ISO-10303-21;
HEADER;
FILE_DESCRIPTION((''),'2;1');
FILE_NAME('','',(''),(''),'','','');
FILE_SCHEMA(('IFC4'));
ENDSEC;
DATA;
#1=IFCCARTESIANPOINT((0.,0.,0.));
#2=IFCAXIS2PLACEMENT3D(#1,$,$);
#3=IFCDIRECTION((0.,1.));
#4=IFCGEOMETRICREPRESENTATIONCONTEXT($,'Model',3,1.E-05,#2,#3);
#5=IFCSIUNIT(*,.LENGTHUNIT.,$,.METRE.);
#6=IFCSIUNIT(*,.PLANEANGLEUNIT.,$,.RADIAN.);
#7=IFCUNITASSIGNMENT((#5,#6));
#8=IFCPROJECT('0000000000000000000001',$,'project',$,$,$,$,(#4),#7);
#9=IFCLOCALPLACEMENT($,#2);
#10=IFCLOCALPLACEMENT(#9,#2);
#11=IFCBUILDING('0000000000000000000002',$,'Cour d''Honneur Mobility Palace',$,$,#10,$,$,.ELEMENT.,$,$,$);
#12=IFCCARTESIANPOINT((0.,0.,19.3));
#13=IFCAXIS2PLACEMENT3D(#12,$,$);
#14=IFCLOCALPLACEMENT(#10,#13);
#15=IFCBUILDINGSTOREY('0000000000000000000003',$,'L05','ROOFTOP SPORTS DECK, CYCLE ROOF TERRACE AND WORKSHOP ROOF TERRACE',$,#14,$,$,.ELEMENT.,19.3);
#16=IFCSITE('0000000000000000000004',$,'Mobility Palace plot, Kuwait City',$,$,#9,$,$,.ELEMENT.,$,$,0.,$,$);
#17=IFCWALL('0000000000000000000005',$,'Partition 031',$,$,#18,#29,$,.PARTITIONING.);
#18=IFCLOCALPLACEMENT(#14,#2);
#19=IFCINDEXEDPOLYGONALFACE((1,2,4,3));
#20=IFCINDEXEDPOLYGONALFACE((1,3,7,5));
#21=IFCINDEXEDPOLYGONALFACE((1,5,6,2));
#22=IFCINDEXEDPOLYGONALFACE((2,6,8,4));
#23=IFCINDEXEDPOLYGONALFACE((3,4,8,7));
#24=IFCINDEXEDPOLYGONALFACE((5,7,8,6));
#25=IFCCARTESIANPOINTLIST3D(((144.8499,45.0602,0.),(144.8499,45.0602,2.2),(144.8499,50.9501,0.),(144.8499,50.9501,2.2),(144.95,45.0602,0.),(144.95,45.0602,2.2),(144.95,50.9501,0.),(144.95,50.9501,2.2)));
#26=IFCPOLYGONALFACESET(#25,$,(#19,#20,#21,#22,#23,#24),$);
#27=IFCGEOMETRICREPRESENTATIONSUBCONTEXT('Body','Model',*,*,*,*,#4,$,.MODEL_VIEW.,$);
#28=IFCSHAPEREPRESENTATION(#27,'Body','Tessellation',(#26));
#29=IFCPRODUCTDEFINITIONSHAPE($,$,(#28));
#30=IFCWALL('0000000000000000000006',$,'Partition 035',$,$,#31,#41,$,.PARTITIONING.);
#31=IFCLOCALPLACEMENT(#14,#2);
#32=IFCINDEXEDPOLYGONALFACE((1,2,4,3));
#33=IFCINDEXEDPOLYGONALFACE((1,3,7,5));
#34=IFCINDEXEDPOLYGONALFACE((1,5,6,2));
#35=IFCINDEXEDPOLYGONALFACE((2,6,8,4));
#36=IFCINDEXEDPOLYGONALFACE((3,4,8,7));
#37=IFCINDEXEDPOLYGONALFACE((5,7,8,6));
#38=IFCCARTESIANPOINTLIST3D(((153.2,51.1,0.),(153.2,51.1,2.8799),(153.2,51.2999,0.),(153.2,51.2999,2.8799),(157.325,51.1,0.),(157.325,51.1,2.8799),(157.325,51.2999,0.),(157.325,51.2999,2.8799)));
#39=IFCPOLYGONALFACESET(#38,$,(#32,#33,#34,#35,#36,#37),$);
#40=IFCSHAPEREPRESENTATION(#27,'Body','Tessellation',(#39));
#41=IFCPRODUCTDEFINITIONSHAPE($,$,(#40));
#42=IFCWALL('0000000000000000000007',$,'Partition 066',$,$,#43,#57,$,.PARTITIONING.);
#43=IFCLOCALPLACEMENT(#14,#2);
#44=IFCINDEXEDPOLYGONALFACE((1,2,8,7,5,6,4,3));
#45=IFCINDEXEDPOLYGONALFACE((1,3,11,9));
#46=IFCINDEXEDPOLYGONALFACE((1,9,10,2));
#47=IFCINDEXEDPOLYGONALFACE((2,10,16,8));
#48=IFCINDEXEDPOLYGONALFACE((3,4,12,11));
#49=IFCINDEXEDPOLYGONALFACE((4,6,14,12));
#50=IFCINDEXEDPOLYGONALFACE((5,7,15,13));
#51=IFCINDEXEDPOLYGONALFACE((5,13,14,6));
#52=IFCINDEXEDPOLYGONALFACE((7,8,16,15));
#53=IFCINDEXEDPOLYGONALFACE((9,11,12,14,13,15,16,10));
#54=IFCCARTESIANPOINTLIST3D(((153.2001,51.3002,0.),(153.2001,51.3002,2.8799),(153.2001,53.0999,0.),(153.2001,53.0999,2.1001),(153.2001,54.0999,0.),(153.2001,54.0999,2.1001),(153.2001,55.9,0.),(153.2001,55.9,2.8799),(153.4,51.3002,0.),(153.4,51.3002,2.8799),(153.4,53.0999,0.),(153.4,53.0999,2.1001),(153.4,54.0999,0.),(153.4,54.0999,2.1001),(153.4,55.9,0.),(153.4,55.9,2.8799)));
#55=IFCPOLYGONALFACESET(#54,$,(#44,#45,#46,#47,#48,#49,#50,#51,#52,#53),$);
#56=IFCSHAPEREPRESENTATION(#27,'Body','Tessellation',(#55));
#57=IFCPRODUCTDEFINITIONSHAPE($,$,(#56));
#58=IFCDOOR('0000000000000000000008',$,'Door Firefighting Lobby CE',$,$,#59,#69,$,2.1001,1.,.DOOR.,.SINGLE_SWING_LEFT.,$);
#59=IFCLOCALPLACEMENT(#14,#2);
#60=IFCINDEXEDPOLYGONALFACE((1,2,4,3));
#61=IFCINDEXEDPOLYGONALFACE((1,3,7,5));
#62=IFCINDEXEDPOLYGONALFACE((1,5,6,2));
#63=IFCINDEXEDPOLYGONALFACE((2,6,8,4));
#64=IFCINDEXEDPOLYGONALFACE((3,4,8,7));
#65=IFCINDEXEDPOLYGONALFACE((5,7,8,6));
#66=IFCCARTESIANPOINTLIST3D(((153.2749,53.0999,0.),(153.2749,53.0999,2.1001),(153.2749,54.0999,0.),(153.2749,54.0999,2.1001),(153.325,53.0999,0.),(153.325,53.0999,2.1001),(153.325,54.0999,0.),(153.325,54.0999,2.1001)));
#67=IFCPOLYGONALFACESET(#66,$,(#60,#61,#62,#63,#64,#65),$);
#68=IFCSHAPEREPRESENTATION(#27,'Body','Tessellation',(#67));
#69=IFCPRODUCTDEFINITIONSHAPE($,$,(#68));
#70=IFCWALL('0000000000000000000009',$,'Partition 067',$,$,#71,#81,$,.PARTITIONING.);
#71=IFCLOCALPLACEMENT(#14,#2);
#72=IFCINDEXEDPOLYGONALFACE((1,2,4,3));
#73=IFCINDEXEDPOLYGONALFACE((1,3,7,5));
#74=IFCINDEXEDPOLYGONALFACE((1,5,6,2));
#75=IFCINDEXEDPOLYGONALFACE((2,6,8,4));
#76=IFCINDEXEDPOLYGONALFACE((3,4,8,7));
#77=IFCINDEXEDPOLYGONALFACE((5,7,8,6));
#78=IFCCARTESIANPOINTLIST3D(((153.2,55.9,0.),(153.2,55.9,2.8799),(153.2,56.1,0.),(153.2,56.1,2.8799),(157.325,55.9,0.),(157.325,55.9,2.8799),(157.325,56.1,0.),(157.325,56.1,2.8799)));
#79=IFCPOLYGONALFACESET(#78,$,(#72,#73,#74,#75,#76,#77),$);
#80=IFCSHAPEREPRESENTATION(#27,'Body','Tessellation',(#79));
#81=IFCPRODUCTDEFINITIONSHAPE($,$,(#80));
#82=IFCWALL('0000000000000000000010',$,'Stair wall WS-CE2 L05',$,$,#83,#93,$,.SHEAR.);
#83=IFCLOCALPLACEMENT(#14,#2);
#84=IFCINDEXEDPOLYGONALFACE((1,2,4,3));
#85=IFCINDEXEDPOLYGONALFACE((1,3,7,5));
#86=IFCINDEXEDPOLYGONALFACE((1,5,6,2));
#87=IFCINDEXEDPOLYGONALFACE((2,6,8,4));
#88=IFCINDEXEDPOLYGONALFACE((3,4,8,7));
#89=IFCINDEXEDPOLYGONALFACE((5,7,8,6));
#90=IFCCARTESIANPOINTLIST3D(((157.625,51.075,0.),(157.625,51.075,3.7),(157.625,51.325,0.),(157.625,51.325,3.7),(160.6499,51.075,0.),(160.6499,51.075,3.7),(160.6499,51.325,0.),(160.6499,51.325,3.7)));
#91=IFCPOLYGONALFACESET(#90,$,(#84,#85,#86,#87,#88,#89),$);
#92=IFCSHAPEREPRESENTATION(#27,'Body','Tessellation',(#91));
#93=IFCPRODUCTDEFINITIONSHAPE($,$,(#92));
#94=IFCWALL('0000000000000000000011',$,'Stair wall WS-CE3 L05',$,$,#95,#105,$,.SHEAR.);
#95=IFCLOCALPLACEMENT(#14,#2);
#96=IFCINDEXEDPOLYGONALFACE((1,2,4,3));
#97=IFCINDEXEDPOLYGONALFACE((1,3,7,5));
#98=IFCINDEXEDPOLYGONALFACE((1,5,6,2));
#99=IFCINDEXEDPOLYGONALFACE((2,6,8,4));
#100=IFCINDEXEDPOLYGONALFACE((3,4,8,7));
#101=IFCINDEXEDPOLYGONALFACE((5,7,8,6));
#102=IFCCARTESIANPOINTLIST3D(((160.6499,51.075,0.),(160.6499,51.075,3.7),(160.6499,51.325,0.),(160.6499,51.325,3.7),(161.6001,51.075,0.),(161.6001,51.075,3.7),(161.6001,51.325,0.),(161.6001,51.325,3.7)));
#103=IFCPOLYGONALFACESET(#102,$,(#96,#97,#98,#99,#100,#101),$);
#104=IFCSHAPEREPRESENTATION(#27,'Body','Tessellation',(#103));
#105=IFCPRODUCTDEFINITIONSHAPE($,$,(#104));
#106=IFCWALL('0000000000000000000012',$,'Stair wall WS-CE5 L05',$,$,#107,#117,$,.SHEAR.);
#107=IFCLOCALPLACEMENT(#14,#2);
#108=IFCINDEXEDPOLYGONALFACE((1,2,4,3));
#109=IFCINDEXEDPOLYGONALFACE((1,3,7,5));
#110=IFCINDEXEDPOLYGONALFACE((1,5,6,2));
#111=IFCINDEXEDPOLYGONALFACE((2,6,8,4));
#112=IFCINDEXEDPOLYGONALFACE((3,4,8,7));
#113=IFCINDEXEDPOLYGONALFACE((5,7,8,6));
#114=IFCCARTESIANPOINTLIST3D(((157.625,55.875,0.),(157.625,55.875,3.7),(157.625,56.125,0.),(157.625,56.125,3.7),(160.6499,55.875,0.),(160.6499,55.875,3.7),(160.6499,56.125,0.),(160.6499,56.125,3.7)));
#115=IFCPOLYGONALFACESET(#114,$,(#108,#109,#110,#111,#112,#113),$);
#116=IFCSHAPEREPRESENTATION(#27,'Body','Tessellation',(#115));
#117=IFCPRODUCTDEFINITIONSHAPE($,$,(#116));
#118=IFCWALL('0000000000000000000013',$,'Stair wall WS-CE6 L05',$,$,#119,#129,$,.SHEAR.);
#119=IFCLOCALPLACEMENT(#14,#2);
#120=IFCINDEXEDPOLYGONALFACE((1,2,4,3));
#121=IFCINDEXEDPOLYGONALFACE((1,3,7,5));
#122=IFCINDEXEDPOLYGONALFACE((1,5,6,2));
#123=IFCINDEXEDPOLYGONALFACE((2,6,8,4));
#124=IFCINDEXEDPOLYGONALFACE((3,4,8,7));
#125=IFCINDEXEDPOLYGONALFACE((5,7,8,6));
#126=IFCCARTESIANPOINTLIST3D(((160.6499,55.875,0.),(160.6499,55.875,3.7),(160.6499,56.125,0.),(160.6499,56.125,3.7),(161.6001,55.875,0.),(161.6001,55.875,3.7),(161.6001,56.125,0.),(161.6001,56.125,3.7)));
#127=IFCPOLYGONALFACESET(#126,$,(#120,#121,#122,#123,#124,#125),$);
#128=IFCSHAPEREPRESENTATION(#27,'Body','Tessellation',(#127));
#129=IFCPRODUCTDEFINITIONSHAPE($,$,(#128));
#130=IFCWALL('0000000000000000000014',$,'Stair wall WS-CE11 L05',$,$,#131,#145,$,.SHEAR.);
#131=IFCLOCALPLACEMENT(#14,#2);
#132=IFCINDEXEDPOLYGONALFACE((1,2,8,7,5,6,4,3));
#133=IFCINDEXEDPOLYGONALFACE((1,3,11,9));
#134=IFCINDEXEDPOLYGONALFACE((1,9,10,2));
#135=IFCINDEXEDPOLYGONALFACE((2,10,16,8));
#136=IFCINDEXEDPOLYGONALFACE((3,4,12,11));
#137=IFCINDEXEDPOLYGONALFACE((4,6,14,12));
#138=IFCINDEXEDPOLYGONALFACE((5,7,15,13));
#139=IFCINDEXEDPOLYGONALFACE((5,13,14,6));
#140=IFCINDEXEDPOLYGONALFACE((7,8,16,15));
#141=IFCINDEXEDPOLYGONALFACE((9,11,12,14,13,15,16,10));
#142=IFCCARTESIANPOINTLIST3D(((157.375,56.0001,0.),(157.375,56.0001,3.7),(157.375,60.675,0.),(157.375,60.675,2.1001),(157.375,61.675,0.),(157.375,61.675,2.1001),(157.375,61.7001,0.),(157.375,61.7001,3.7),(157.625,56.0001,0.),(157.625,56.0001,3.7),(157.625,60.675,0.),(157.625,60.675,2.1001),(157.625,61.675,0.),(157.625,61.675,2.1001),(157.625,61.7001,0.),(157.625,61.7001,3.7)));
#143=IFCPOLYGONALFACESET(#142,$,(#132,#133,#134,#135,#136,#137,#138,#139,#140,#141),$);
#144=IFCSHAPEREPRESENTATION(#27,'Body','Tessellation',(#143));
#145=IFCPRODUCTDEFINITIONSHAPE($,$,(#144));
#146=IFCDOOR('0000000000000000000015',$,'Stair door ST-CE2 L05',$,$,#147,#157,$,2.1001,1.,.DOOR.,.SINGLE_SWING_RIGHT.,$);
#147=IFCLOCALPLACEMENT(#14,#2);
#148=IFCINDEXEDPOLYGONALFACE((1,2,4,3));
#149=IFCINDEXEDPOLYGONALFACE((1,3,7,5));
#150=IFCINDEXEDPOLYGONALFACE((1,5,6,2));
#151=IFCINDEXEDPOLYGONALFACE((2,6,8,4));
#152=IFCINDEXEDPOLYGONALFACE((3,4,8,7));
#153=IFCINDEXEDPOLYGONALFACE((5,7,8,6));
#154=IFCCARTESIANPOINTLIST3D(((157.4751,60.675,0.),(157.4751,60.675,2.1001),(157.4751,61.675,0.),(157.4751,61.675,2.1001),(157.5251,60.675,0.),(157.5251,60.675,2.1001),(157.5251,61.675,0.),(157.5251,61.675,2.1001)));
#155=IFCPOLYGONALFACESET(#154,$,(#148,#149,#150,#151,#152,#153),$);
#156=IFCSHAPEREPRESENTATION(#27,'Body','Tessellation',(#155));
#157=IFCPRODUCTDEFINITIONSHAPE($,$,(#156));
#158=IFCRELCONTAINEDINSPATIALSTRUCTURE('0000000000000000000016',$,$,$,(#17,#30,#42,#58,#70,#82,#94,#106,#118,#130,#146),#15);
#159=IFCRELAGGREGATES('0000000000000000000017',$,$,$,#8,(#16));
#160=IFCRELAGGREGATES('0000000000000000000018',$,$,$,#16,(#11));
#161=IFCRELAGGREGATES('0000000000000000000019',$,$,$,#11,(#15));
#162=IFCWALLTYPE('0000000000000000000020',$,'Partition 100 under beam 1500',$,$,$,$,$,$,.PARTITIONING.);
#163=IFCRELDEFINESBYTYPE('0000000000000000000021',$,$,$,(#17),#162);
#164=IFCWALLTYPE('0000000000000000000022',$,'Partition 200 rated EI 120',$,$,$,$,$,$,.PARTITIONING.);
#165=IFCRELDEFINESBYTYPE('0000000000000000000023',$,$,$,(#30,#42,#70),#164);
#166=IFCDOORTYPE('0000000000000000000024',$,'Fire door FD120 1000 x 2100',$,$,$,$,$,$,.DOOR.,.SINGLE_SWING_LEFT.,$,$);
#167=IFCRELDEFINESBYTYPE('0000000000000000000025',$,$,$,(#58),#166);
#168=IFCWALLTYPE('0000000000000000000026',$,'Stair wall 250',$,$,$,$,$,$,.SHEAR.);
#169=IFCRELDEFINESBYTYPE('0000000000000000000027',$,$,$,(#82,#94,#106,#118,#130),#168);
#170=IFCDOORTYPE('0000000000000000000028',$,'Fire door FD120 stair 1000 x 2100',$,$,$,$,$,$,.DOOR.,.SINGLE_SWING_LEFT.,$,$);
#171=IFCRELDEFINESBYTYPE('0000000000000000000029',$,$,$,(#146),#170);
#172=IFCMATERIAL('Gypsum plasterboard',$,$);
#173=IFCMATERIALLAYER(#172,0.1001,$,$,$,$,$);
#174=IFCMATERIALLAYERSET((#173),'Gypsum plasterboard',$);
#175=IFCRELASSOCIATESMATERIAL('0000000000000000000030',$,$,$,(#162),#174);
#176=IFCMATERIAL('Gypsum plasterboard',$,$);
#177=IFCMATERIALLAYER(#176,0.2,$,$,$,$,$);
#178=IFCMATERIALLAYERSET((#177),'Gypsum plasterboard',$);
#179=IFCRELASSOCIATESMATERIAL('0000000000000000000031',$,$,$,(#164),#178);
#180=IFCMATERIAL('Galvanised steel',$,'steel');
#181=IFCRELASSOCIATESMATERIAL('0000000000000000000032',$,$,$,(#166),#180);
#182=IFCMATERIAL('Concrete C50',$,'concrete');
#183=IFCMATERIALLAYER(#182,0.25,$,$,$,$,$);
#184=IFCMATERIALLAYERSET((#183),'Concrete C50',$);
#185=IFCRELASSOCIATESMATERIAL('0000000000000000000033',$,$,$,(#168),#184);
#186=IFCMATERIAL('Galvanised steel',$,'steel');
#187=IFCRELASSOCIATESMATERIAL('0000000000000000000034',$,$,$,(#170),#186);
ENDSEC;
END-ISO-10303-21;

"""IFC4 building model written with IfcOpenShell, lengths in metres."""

from ifc_helpers import new_model, si_unit, direction, frame, frame_2d, origin, place, context, subcontext, project, spatial, rectangle, extrude, material, layer, layer_set, type_object, element, fill, save


model = new_model("IFC4")

# Units and contexts
model_context = context("Model", 3, precision=1e-05, world=origin(), true_north=direction((0.0, 1.0)))
body_context = subcontext(model_context, "Body", "Model", "MODEL_VIEW")
ifc_project = project(units=[si_unit("LENGTHUNIT", "METRE"), si_unit("PLANEANGLEUNIT", "RADIAN")], contexts=[model_context])

# Site, building, storey
site_placement = place(None, origin())
site = spatial("IfcSite", under=ifc_project, at=site_placement, Name="Mobility Palace plot, Kuwait City", CompositionType="ELEMENT", RefElevation=0.0)
building_placement = place(site_placement, origin())
building = spatial("IfcBuilding", under=site, at=building_placement, Name="Cour d'Honneur Mobility Palace", CompositionType="ELEMENT")
storey_placement = place(building_placement, frame((0.0, 0.0, 19.3)))
storey = spatial("IfcBuildingStorey", under=building, at=storey_placement, Name="L05", Description="ROOFTOP SPORTS DECK, CYCLE ROOF TERRACE AND WORKSHOP ROOF TERRACE", CompositionType="ELEMENT", Elevation=19.3)

# Walls
ifc_material_1 = material(Name="Gypsum plasterboard")
ifc_layer_1 = layer(ifc_material_1, 0.1001)
ifc_layer_set_1 = layer_set([ifc_layer_1], Name="Gypsum plasterboard")
wall_type_1 = type_object("IfcWallType", Name="Partition 100 under beam 1500", PredefinedType="PARTITIONING", material=ifc_layer_set_1)
wall_1_placement = place(storey_placement, frame((144.8999, 50.95, 0.0), z_axis=(0.0, 0.0, 1.0), x_axis=(0.0, -1.0, 0.0)))
element("IfcWall", 1, at=wall_1_placement, inside=storey, type_object=wall_type_1, Name="Partition 031", PredefinedType="PARTITIONING", context=body_context, shape_type="SweptSolid", body=[
    extrude(rectangle(XDim=5.8899, YDim=0.1001, at=frame_2d((2.9448, 0.0))), origin(), (0.0, 0.0, 1.0), 2.2),
])
ifc_material_2 = material(Name="Gypsum plasterboard")
ifc_layer_2 = layer(ifc_material_2, 0.2)
ifc_layer_set_2 = layer_set([ifc_layer_2], Name="Gypsum plasterboard")
wall_type_2 = type_object("IfcWallType", Name="Partition 200 rated EI 120", PredefinedType="PARTITIONING", material=ifc_layer_set_2)
wall_2_placement = place(storey_placement, frame((153.2, 51.2, 0.0), z_axis=(0.0, 0.0, 1.0), x_axis=(1.0, 0.0, 0.0)))
element("IfcWall", 2, at=wall_2_placement, inside=storey, type_object=wall_type_2, Name="Partition 035", PredefinedType="PARTITIONING", context=body_context, shape_type="SweptSolid", body=[
    extrude(rectangle(XDim=4.125, YDim=0.2, at=frame_2d((2.0625, 0.0))), origin(), (0.0, 0.0, 1.0), 2.8799),
])

# Wall, opening, door
wall_3_placement = place(storey_placement, frame((153.3, 55.8999, 0.0), z_axis=(0.0, 0.0, 1.0), x_axis=(0.0, -1.0, 0.0)))
wall_3 = element("IfcWall", 3, at=wall_3_placement, inside=storey, type_object=wall_type_2, Name="Partition 066", PredefinedType="PARTITIONING", context=body_context, shape_type="SweptSolid", body=[
    extrude(rectangle(XDim=4.5999, YDim=0.2, at=frame_2d((2.2998, 0.0))), origin(), (0.0, 0.0, 1.0), 2.8799),
])
opening_1_placement = place(wall_3_placement, frame((1.8, 0.0, 0.0)))
opening_1 = element("IfcOpeningElement", 4, at=opening_1_placement, cuts=wall_3, PredefinedType="OPENING", context=body_context, shape_type="SweptSolid", body=[
    extrude(rectangle(XDim=1.0, YDim=2.1001, at=frame_2d((0.5, 1.05))), frame((0.0, 0.1099, 0.0), z_axis=(0.0, -1.0, 0.0), x_axis=(1.0, 0.0, 0.0)), (0.0, 0.0, 1.0), 0.22),
])
ifc_material_3 = material(Name="Galvanised steel", Category="steel")
door_type_1 = type_object("IfcDoorType", Name="Fire door FD120 1000 x 2100", OperationType="SINGLE_SWING_LEFT", PredefinedType="DOOR", material=ifc_material_3)
door_1_placement = place(opening_1_placement, origin())
door_1 = element("IfcDoor", 5, at=door_1_placement, inside=storey, type_object=door_type_1, Name="Door Firefighting Lobby CE", OperationType="SINGLE_SWING_LEFT", OverallHeight=2.1001, OverallWidth=1.0, PredefinedType="DOOR", context=body_context, shape_type="SweptSolid", body=[
    extrude(rectangle(XDim=1.0, YDim=2.1001, at=frame_2d((0.5, 1.05))), frame((0.0, 0.0249, 0.0), z_axis=(0.0, -1.0, 0.0), x_axis=(1.0, 0.0, 0.0)), (0.0, 0.0, 1.0), 0.05),
])
fill(opening_1, door_1)

# Walls
wall_4_placement = place(storey_placement, frame((157.325, 56.0, 0.0), z_axis=(0.0, 0.0, 1.0), x_axis=(-1.0, 0.0, 0.0)))
element("IfcWall", 6, at=wall_4_placement, inside=storey, type_object=wall_type_2, Name="Partition 067", PredefinedType="PARTITIONING", context=body_context, shape_type="SweptSolid", body=[
    extrude(rectangle(XDim=4.125, YDim=0.2, at=frame_2d((2.0625, 0.0))), origin(), (0.0, 0.0, 1.0), 2.8799),
])
ifc_material_4 = material(Name="Concrete C50", Category="concrete")
ifc_layer_3 = layer(ifc_material_4, 0.25)
ifc_layer_set_3 = layer_set([ifc_layer_3], Name="Concrete C50")
wall_type_3 = type_object("IfcWallType", Name="Stair wall 250", PredefinedType="SHEAR", material=ifc_layer_set_3)
wall_5_placement = place(storey_placement, frame((157.625, 51.2, 0.0), z_axis=(0.0, 0.0, 1.0), x_axis=(1.0, 0.0, 0.0)))
element("IfcWall", 7, at=wall_5_placement, inside=storey, type_object=wall_type_3, Name="Stair wall WS-CE2 L05", PredefinedType="SHEAR", context=body_context, shape_type="SweptSolid", body=[
    extrude(rectangle(XDim=3.0249, YDim=0.25, at=frame_2d((1.5125, 0.0))), origin(), (0.0, 0.0, 1.0), 3.7),
])
wall_6_placement = place(storey_placement, frame((160.6499, 51.2, 0.0), z_axis=(0.0, 0.0, 1.0), x_axis=(1.0, 0.0, 0.0)))
element("IfcWall", 8, at=wall_6_placement, inside=storey, type_object=wall_type_3, Name="Stair wall WS-CE3 L05", PredefinedType="SHEAR", context=body_context, shape_type="SweptSolid", body=[
    extrude(rectangle(XDim=0.9502, YDim=0.25, at=frame_2d((0.4751, 0.0))), origin(), (0.0, 0.0, 1.0), 3.7),
])
wall_7_placement = place(storey_placement, frame((157.625, 56.0, 0.0), z_axis=(0.0, 0.0, 1.0), x_axis=(1.0, 0.0, 0.0)))
element("IfcWall", 9, at=wall_7_placement, inside=storey, type_object=wall_type_3, Name="Stair wall WS-CE5 L05", PredefinedType="SHEAR", context=body_context, shape_type="SweptSolid", body=[
    extrude(rectangle(XDim=3.0249, YDim=0.25, at=frame_2d((1.5125, 0.0))), origin(), (0.0, 0.0, 1.0), 3.7),
])
wall_8_placement = place(storey_placement, frame((160.6499, 56.0, 0.0), z_axis=(0.0, 0.0, 1.0), x_axis=(1.0, 0.0, 0.0)))
element("IfcWall", 10, at=wall_8_placement, inside=storey, type_object=wall_type_3, Name="Stair wall WS-CE6 L05", PredefinedType="SHEAR", context=body_context, shape_type="SweptSolid", body=[
    extrude(rectangle(XDim=0.9502, YDim=0.25, at=frame_2d((0.4751, 0.0))), origin(), (0.0, 0.0, 1.0), 3.7),
])

# Wall, opening, door
wall_9_placement = place(storey_placement, frame((157.5, 56.0, 0.0), z_axis=(0.0, 0.0, 1.0), x_axis=(0.0, 1.0, 0.0)))
wall_9 = element("IfcWall", 11, at=wall_9_placement, inside=storey, type_object=wall_type_3, Name="Stair wall WS-CE11 L05", PredefinedType="SHEAR", context=body_context, shape_type="SweptSolid", body=[
    extrude(rectangle(XDim=5.7, YDim=0.25, at=frame_2d((2.8501, 0.0))), origin(), (0.0, 0.0, 1.0), 3.7),
])
opening_2_placement = place(wall_9_placement, frame((4.675, 0.0, 0.0)))
opening_2 = element("IfcOpeningElement", 12, at=opening_2_placement, cuts=wall_9, PredefinedType="OPENING", context=body_context, shape_type="SweptSolid", body=[
    extrude(rectangle(XDim=1.0, YDim=2.1001, at=frame_2d((0.5, 1.05))), frame((0.0, 0.135, 0.0), z_axis=(0.0, -1.0, 0.0), x_axis=(1.0, 0.0, 0.0)), (0.0, 0.0, 1.0), 0.27),
])
ifc_material_5 = material(Name="Galvanised steel", Category="steel")
door_type_2 = type_object("IfcDoorType", Name="Fire door FD120 stair 1000 x 2100", OperationType="SINGLE_SWING_LEFT", PredefinedType="DOOR", material=ifc_material_5)
door_2_placement = place(opening_2_placement, origin())
door_2 = element("IfcDoor", 13, at=door_2_placement, inside=storey, type_object=door_type_2, Name="Stair door ST-CE2 L05", OperationType="SINGLE_SWING_RIGHT", OverallHeight=2.1001, OverallWidth=1.0, PredefinedType="DOOR", context=body_context, shape_type="SweptSolid", body=[
    extrude(rectangle(XDim=1.0, YDim=2.1001, at=frame_2d((0.5, 1.05))), frame((0.0, 0.0249, 0.0), z_axis=(0.0, -1.0, 0.0), x_axis=(1.0, 0.0, 0.0)), (0.0, 0.0, 1.0), 0.05),
])
fill(opening_2, door_2)

save(model, "model.ifc")
